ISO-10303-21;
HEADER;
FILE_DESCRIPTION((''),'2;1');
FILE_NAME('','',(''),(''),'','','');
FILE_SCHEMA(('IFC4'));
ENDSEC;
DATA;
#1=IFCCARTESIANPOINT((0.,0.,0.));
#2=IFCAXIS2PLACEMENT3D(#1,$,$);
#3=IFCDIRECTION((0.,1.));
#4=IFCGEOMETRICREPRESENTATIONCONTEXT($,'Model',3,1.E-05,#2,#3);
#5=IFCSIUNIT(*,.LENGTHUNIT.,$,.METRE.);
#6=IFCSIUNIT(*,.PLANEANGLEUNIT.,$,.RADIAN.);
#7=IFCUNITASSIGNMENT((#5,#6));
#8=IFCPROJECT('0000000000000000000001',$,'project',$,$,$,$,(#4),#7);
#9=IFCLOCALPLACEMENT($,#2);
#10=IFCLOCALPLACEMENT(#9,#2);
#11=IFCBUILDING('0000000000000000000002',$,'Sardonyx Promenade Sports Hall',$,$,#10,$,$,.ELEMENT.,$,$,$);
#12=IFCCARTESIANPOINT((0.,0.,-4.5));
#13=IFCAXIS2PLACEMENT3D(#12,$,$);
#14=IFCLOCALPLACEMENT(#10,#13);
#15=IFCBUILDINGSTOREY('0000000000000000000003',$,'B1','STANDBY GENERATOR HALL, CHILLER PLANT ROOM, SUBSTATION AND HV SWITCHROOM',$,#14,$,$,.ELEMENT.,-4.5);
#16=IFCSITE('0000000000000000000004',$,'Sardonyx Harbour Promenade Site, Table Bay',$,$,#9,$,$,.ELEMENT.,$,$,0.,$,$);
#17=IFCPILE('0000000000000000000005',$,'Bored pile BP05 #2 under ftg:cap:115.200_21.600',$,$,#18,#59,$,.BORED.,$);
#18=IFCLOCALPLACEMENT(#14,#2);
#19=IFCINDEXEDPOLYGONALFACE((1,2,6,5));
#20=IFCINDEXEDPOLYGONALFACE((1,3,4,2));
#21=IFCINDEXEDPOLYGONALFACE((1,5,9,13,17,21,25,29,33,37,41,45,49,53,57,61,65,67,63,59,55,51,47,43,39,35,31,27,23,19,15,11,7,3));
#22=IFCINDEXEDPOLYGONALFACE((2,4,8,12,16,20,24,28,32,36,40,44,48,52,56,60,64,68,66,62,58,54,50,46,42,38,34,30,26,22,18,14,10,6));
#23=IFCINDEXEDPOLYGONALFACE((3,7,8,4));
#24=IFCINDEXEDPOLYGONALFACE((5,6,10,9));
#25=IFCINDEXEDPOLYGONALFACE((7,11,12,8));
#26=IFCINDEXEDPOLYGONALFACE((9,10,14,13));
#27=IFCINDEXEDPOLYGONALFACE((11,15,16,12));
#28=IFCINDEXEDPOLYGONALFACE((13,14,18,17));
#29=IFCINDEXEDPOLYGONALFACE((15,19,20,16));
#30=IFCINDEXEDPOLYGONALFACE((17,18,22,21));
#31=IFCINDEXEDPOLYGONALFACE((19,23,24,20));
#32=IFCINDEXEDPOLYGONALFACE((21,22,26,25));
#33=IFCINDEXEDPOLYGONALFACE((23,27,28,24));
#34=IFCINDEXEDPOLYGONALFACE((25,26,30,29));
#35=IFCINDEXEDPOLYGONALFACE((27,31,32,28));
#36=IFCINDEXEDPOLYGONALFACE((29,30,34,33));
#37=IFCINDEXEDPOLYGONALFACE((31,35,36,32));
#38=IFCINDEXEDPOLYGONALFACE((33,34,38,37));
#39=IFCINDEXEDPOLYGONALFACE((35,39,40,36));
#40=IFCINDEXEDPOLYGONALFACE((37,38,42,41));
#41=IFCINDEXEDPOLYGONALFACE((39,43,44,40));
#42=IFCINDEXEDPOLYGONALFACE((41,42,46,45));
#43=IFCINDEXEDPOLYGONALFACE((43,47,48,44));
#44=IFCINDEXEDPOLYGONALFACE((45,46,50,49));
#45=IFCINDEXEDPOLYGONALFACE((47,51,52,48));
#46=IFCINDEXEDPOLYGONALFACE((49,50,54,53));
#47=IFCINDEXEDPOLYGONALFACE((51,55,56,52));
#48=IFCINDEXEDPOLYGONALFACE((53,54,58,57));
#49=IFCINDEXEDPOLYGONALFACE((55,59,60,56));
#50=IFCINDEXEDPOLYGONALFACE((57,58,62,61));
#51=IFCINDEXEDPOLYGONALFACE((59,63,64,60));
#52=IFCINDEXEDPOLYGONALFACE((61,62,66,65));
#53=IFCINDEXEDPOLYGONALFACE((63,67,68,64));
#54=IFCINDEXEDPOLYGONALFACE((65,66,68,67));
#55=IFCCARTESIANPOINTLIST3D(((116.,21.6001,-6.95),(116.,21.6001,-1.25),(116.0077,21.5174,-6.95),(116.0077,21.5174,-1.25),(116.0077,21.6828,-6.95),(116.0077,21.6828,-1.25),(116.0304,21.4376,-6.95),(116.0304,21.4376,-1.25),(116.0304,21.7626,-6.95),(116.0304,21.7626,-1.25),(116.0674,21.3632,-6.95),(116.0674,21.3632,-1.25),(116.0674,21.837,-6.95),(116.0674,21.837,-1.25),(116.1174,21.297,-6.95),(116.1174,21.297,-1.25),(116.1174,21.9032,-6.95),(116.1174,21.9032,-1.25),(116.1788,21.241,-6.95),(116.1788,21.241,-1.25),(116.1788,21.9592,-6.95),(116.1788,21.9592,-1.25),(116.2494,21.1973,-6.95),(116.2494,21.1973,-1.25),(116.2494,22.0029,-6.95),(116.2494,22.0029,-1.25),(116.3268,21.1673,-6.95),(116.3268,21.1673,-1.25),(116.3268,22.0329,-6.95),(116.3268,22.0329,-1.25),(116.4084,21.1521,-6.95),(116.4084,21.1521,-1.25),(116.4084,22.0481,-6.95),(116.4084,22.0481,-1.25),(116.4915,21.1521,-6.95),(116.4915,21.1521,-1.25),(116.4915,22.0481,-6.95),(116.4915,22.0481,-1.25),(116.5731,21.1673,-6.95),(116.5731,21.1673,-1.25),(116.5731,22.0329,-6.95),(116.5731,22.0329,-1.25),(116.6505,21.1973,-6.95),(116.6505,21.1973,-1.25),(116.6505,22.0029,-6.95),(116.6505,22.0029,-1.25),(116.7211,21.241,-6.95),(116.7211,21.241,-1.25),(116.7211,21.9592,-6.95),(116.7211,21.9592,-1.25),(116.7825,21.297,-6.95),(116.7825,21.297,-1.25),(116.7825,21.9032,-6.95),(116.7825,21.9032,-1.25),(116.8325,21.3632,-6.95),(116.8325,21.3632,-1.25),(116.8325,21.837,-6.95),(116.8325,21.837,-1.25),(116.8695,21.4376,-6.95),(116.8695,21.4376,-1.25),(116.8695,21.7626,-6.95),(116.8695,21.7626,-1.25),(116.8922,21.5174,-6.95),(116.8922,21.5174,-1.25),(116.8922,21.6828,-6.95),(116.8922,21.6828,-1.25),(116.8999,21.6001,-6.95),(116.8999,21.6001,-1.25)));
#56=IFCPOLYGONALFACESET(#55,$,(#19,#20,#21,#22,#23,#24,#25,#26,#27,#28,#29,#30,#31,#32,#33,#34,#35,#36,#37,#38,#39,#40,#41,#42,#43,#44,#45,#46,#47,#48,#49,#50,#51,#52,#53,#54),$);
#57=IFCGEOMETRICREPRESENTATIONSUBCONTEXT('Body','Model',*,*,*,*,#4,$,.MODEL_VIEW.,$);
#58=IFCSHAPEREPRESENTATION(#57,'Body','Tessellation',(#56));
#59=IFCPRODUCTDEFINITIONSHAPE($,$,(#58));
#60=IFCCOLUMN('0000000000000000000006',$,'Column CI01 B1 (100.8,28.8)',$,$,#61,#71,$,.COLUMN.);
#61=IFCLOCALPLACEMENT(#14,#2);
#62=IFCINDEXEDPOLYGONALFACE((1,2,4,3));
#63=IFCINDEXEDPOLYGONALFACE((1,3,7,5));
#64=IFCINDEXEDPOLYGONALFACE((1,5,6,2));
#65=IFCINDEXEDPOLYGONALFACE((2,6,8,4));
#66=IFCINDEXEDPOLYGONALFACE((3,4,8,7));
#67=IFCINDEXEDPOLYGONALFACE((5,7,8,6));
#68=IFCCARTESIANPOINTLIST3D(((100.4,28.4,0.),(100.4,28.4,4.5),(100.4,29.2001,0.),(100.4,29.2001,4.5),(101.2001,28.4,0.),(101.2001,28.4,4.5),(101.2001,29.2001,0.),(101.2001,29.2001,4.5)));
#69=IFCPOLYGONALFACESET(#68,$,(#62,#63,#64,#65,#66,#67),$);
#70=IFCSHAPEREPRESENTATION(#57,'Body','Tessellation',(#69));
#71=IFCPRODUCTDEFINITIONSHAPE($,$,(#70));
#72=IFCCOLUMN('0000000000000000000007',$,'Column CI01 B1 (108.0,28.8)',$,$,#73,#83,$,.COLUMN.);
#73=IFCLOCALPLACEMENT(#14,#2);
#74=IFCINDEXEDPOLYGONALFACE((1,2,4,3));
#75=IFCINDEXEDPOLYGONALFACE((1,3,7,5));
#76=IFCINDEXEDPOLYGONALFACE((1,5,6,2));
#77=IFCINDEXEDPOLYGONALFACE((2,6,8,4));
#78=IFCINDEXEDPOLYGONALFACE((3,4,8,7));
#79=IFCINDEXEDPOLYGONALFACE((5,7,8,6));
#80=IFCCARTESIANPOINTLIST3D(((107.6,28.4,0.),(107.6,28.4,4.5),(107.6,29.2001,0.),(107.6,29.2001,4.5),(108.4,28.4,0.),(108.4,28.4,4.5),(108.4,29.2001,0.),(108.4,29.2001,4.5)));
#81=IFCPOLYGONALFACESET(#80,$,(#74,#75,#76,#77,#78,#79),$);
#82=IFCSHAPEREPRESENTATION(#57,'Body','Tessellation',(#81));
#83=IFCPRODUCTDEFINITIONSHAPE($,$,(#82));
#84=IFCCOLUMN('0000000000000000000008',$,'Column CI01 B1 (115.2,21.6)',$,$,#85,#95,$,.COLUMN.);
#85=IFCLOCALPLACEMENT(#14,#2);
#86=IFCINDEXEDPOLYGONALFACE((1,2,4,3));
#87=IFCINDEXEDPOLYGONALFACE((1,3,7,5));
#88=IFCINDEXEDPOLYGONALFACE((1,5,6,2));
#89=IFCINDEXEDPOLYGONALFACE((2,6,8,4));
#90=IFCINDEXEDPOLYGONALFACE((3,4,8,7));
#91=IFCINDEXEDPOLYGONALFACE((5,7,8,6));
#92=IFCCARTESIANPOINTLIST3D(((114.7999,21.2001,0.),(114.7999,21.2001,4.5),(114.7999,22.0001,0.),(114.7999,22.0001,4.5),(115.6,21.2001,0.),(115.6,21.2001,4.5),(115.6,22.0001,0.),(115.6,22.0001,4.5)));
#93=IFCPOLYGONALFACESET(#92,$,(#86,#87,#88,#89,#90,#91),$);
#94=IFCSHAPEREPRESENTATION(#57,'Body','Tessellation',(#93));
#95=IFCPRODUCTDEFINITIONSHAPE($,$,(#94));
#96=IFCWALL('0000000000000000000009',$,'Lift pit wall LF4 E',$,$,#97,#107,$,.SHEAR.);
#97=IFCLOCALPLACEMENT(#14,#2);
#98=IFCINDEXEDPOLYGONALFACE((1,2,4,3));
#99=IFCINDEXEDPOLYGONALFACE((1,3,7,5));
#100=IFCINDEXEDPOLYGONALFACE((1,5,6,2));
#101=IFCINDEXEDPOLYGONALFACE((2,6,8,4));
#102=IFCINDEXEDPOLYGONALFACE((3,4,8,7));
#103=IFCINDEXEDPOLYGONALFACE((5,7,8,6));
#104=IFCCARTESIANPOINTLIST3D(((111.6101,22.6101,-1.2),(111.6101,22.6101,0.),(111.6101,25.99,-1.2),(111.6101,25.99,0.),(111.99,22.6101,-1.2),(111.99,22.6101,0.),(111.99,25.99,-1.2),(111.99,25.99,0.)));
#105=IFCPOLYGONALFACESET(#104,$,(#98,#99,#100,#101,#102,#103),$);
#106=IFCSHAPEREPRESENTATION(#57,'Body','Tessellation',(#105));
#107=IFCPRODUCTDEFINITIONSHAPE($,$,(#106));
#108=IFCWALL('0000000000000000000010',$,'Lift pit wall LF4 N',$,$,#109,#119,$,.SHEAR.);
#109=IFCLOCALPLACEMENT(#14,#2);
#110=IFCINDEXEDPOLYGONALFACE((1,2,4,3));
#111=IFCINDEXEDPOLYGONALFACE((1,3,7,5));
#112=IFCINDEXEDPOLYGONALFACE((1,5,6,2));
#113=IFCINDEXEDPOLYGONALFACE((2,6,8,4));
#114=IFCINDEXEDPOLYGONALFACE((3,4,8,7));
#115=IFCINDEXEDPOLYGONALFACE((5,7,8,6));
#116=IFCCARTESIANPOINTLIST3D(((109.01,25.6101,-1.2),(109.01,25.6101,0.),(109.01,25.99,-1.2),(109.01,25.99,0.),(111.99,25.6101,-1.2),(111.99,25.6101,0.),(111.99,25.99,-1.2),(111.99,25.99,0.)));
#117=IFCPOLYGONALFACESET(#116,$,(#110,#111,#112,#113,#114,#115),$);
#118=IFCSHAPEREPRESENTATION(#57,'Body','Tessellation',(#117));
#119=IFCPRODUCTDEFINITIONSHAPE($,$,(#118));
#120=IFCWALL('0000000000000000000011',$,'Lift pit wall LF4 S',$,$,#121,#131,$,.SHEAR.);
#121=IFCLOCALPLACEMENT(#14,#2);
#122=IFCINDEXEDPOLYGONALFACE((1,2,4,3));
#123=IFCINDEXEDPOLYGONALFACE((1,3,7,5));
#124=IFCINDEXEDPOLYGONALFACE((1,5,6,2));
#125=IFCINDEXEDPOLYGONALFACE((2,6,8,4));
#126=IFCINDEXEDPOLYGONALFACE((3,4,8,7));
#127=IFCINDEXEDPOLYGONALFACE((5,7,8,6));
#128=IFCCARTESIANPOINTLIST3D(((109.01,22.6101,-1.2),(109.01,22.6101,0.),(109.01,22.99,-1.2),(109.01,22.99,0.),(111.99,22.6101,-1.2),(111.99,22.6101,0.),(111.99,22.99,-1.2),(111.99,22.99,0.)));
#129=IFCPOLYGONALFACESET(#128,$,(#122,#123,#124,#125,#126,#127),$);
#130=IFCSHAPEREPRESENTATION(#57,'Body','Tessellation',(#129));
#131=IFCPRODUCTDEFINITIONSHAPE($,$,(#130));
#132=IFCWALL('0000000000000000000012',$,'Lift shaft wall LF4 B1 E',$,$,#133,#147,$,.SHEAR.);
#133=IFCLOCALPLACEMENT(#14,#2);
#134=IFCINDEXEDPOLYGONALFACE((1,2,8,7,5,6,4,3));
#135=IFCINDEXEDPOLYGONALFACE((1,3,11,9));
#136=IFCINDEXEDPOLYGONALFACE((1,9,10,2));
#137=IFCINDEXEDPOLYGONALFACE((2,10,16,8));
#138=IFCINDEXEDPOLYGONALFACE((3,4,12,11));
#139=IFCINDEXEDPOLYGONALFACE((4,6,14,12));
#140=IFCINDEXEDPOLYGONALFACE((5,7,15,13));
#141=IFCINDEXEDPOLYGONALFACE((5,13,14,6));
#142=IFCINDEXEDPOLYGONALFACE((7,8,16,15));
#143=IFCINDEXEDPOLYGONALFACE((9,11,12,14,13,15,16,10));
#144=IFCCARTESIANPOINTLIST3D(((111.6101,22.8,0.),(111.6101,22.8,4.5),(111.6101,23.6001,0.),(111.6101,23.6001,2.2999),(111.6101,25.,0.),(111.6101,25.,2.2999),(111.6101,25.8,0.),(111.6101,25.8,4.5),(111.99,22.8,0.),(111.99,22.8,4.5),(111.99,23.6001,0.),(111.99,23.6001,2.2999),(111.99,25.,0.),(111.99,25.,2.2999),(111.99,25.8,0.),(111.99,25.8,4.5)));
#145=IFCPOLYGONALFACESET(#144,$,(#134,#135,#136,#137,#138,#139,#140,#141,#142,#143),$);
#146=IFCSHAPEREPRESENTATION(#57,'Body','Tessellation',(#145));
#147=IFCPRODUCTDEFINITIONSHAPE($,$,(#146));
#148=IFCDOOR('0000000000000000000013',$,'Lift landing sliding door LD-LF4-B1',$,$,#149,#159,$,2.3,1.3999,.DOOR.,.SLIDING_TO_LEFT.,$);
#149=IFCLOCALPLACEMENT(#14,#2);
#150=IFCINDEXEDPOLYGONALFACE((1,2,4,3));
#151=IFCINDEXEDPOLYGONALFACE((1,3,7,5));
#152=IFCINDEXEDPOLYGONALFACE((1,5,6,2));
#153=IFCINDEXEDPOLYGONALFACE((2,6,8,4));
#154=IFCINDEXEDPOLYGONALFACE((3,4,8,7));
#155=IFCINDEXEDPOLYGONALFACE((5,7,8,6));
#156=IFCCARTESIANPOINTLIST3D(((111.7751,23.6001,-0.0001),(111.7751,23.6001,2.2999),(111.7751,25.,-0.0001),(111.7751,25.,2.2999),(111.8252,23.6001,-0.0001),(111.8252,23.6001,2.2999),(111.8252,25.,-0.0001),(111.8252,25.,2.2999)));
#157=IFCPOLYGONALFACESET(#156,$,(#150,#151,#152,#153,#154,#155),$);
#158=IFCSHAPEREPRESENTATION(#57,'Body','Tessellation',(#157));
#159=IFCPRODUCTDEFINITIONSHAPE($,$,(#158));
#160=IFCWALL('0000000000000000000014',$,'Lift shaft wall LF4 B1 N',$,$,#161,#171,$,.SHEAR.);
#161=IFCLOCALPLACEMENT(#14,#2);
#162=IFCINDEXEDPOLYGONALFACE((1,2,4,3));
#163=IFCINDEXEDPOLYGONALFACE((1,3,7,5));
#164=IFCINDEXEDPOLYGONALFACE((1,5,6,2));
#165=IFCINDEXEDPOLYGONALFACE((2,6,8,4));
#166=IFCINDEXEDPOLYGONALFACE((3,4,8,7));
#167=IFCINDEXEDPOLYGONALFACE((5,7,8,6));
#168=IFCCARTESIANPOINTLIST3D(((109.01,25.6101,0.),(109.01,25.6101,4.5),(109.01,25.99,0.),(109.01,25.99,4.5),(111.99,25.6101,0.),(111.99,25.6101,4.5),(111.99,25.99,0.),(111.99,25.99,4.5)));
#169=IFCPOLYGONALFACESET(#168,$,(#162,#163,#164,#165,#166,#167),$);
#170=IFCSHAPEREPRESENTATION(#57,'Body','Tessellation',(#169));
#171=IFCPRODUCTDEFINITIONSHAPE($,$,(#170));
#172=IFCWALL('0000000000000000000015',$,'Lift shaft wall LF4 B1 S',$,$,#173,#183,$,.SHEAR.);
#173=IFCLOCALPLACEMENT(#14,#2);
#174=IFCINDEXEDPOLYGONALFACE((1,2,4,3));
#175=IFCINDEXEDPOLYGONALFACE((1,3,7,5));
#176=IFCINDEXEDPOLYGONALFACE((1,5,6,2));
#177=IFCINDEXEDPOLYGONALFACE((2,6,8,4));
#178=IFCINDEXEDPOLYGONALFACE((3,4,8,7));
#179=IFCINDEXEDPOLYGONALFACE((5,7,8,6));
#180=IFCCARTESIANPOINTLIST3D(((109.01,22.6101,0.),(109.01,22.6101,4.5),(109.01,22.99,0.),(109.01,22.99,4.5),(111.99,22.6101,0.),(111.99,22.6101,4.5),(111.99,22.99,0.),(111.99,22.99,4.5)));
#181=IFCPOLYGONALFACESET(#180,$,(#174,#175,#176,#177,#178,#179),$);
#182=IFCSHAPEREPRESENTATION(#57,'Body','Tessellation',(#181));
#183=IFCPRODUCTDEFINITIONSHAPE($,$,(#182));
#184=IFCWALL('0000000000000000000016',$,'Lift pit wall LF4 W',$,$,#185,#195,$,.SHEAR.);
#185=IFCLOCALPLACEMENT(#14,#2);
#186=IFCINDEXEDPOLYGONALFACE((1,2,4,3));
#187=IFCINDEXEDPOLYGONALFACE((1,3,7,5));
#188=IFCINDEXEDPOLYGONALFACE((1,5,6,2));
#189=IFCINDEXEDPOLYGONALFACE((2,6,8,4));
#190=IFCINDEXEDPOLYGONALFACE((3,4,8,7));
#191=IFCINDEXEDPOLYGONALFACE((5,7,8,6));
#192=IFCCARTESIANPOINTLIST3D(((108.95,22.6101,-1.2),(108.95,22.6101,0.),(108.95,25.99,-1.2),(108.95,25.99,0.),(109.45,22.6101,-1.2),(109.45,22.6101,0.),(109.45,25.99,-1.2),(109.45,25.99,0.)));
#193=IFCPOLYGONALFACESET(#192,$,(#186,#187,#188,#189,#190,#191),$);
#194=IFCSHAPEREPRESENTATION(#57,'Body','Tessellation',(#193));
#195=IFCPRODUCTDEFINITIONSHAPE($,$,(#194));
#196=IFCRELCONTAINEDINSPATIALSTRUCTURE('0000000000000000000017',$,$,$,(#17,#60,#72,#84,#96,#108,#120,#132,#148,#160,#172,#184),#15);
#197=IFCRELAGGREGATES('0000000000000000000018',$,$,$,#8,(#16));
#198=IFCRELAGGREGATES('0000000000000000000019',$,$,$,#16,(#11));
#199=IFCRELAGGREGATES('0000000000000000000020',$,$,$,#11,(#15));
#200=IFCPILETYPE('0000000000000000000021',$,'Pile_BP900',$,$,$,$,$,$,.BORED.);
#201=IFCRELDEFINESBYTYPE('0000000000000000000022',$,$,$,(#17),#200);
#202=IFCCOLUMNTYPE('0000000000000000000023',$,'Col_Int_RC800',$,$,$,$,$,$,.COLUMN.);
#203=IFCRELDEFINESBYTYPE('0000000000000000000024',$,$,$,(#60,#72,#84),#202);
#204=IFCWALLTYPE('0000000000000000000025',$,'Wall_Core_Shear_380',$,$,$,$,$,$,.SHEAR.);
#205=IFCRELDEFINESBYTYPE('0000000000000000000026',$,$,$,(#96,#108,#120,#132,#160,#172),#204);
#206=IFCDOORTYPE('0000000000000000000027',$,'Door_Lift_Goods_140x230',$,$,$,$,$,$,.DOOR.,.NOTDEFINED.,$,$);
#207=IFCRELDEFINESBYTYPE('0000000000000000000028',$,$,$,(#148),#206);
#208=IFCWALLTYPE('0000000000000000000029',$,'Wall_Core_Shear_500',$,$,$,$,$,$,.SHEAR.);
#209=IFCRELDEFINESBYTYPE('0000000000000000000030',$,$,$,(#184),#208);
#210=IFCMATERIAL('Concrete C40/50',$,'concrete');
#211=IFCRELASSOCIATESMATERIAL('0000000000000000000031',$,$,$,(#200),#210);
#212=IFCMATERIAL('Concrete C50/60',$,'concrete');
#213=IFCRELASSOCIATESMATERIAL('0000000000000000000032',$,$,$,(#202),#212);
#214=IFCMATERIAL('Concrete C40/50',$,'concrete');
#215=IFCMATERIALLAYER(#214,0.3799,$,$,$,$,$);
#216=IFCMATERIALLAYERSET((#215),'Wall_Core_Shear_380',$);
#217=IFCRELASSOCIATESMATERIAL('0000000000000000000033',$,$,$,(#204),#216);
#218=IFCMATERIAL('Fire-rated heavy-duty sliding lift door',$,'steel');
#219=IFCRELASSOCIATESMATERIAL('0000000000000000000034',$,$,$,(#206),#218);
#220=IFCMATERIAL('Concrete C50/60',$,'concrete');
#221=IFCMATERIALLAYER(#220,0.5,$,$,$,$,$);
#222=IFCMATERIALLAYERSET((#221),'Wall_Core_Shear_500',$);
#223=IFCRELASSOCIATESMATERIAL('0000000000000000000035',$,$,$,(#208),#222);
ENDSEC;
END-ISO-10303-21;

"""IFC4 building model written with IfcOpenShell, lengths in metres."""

from ifc_helpers import new_model, si_unit, direction, frame, frame_2d, origin, origin_2d, place, context, subcontext, project, spatial, rectangle, circle, extrude, material, layer, layer_set, material_profile, profile_set, type_object, element, fill, save


model = new_model("IFC4")

# Units and contexts
model_context = context("Model", 3, precision=1e-05, world=origin(), true_north=direction((0.0, 1.0)))
body_context = subcontext(model_context, "Body", "Model", "MODEL_VIEW")
ifc_project = project(units=[si_unit("LENGTHUNIT", "METRE"), si_unit("PLANEANGLEUNIT", "RADIAN")], contexts=[model_context])

# Site, building, storey
site_placement = place(None, origin())
site = spatial("IfcSite", under=ifc_project, at=site_placement, Name="Sardonyx Harbour Promenade Site, Table Bay", CompositionType="ELEMENT", RefElevation=0.0)
building_placement = place(site_placement, origin())
building = spatial("IfcBuilding", under=site, at=building_placement, Name="Sardonyx Promenade Sports Hall", CompositionType="ELEMENT")
storey_placement = place(building_placement, frame((0.0, 0.0, -4.5)))
storey = spatial("IfcBuildingStorey", under=building, at=storey_placement, Name="B1", Description="STANDBY GENERATOR HALL, CHILLER PLANT ROOM, SUBSTATION AND HV SWITCHROOM", CompositionType="ELEMENT", Elevation=-4.5)

# Pile
ifc_material_1 = material(Name="Concrete C40/50", Category="concrete")
ifc_material_profile_1 = material_profile(ifc_material_1, circle(Radius=0.45, at=origin_2d()))
ifc_profile_set_1 = profile_set([ifc_material_profile_1], Name="Concrete C40/50")
pile_type_1 = type_object("IfcPileType", Name="Pile_BP900", PredefinedType="BORED", material=ifc_profile_set_1)
for number, where, z_axis, x_axis, name in (
    (1, (116.45, 21.6001, -1.25), (0.0, 0.0, -1.0), (1.0, 0.0, 0.0), "Bored pile BP05 #2 under ftg:cap:115.200_21.600"),
):
    element("IfcPile", number, at=place(storey_placement, frame(where, z_axis=z_axis, x_axis=x_axis)), inside=storey, type_object=pile_type_1, Name=name, PredefinedType="BORED", context=body_context, shape_type="SweptSolid", body=[
        extrude(circle(Radius=0.45, at=origin_2d()), origin(), (0.0, 0.0, 1.0), 5.7),
    ])

# Columns
ifc_material_2 = material(Name="Concrete C50/60", Category="concrete")
ifc_material_profile_2 = material_profile(ifc_material_2, rectangle(XDim=0.8, YDim=0.8, at=origin_2d()))
ifc_profile_set_2 = profile_set([ifc_material_profile_2], Name="Concrete C50/60")
column_type = type_object("IfcColumnType", Name="Col_Int_RC800", PredefinedType="COLUMN", material=ifc_profile_set_2)
for number, where, z_axis, x_axis, name in (
    (2, (100.8, 28.8, 0.0), (0.0, 0.0, 1.0), (1.0, 0.0, 0.0), "Column CI01 B1 (100.8,28.8)"),
    (3, (108.0, 28.8, 0.0), (0.0, 0.0, 1.0), (1.0, 0.0, 0.0), "Column CI01 B1 (108.0,28.8)"),
    (4, (115.2, 21.6001, 0.0), (0.0, 0.0, 1.0), (1.0, 0.0, 0.0), "Column CI01 B1 (115.2,21.6)"),
):
    element("IfcColumn", number, at=place(storey_placement, frame(where, z_axis=z_axis, x_axis=x_axis)), inside=storey, type_object=column_type, Name=name, PredefinedType="COLUMN", context=body_context, shape_type="SweptSolid", body=[
        extrude(rectangle(XDim=0.8, YDim=0.8, at=origin_2d()), origin(), (0.0, 0.0, 1.0), 4.5),
    ])

# Walls
ifc_material_3 = material(Name="Concrete C40/50", Category="concrete")
ifc_layer_1 = layer(ifc_material_3, 0.3799)
ifc_layer_set_1 = layer_set([ifc_layer_1], Name="Wall_Core_Shear_380")
wall_type_1 = type_object("IfcWallType", Name="Wall_Core_Shear_380", PredefinedType="SHEAR", material=ifc_layer_set_1)
wall_1_placement = place(storey_placement, frame((111.8, 22.6101, -1.2), z_axis=(0.0, 0.0, 1.0), x_axis=(0.0, 1.0, 0.0)))
element("IfcWall", 5, at=wall_1_placement, inside=storey, type_object=wall_type_1, Name="Lift pit wall LF4 E", PredefinedType="SHEAR", context=body_context, shape_type="SweptSolid", body=[
    extrude(rectangle(XDim=3.3799, YDim=0.3799, at=frame_2d((1.6899, 0.0))), origin(), (0.0, 0.0, 1.0), 1.2),
])
for number, where, z_axis, x_axis, name in (
    (6, (109.01, 25.8, -1.2), (0.0, 0.0, 1.0), (1.0, 0.0, 0.0), "Lift pit wall LF4 N"),
    (7, (111.99, 22.8, -1.2), (0.0, 0.0, 1.0), (-1.0, 0.0, 0.0), "Lift pit wall LF4 S"),
):
    element("IfcWall", number, at=place(storey_placement, frame(where, z_axis=z_axis, x_axis=x_axis)), inside=storey, type_object=wall_type_1, Name=name, PredefinedType="SHEAR", context=body_context, shape_type="SweptSolid", body=[
        extrude(rectangle(XDim=2.98, YDim=0.3799, at=frame_2d((1.49, 0.0))), origin(), (0.0, 0.0, 1.0), 1.2),
    ])

# Wall, opening, door
wall_2_placement = place(storey_placement, frame((111.8, 22.8, 0.0), z_axis=(0.0, 0.0, 1.0), x_axis=(0.0, 1.0, 0.0)))
wall_2 = element("IfcWall", 8, at=wall_2_placement, inside=storey, type_object=wall_type_1, Name="Lift shaft wall LF4 B1 E", PredefinedType="SHEAR", context=body_context, shape_type="SweptSolid", body=[
    extrude(rectangle(XDim=3.0, YDim=0.3799, at=frame_2d((1.5, 0.0))), origin(), (0.0, 0.0, 1.0), 4.5),
])
opening_placement = place(wall_2_placement, frame((0.8, 0.0, 0.0)))
opening = element("IfcOpeningElement", 9, at=opening_placement, cuts=wall_2, PredefinedType="OPENING", context=body_context, shape_type="SweptSolid", body=[
    extrude(rectangle(XDim=1.3999, YDim=2.3, at=frame_2d((0.7, 1.1499))), frame((0.0, 0.2, 0.0), z_axis=(0.0, -1.0, 0.0), x_axis=(1.0, 0.0, 0.0)), (0.0, 0.0, 1.0), 0.4),
])
ifc_material_4 = material(Name="Fire-rated heavy-duty sliding lift door", Category="steel")
door_type = type_object("IfcDoorType", Name="Door_Lift_Goods_140x230", OperationType="NOTDEFINED", PredefinedType="DOOR", material=ifc_material_4)
door_placement = place(opening_placement, origin())
door = element("IfcDoor", 10, at=door_placement, inside=storey, type_object=door_type, Name="Lift landing sliding door LD-LF4-B1", OperationType="SLIDING_TO_LEFT", OverallHeight=2.3, OverallWidth=1.3999, PredefinedType="DOOR", context=body_context, shape_type="SweptSolid", body=[
    extrude(rectangle(XDim=1.3999, YDim=2.3, at=frame_2d((0.7, 1.1499))), frame((0.0, 0.0249, 0.0), z_axis=(0.0, -1.0, 0.0), x_axis=(1.0, 0.0, 0.0)), (0.0, 0.0, 1.0), 0.05),
])
fill(opening, door)

# Walls
for number, where, z_axis, x_axis, name in (
    (11, (109.01, 25.8, 0.0), (0.0, 0.0, 1.0), (1.0, 0.0, 0.0), "Lift shaft wall LF4 B1 N"),
    (12, (111.99, 22.8, 0.0), (0.0, 0.0, 1.0), (-1.0, 0.0, 0.0), "Lift shaft wall LF4 B1 S"),
):
    element("IfcWall", number, at=place(storey_placement, frame(where, z_axis=z_axis, x_axis=x_axis)), inside=storey, type_object=wall_type_1, Name=name, PredefinedType="SHEAR", context=body_context, shape_type="SweptSolid", body=[
        extrude(rectangle(XDim=2.98, YDim=0.3799, at=frame_2d((1.49, 0.0))), origin(), (0.0, 0.0, 1.0), 4.5),
    ])
ifc_material_5 = material(Name="Concrete C50/60", Category="concrete")
ifc_layer_2 = layer(ifc_material_5, 0.5)
ifc_layer_set_2 = layer_set([ifc_layer_2], Name="Wall_Core_Shear_500")
wall_type_2 = type_object("IfcWallType", Name="Wall_Core_Shear_500", PredefinedType="SHEAR", material=ifc_layer_set_2)
wall_3_placement = place(storey_placement, frame((109.2, 25.99, -1.2), z_axis=(0.0, 0.0, 1.0), x_axis=(0.0, -1.0, 0.0)))
element("IfcWall", 13, at=wall_3_placement, inside=storey, type_object=wall_type_2, Name="Lift pit wall LF4 W", PredefinedType="SHEAR", context=body_context, shape_type="SweptSolid", body=[
    extrude(rectangle(XDim=3.3799, YDim=0.5, at=frame_2d((1.6899, 0.0))), origin(), (0.0, 0.0, 1.0), 1.2),
])

save(model, "model.ifc")
